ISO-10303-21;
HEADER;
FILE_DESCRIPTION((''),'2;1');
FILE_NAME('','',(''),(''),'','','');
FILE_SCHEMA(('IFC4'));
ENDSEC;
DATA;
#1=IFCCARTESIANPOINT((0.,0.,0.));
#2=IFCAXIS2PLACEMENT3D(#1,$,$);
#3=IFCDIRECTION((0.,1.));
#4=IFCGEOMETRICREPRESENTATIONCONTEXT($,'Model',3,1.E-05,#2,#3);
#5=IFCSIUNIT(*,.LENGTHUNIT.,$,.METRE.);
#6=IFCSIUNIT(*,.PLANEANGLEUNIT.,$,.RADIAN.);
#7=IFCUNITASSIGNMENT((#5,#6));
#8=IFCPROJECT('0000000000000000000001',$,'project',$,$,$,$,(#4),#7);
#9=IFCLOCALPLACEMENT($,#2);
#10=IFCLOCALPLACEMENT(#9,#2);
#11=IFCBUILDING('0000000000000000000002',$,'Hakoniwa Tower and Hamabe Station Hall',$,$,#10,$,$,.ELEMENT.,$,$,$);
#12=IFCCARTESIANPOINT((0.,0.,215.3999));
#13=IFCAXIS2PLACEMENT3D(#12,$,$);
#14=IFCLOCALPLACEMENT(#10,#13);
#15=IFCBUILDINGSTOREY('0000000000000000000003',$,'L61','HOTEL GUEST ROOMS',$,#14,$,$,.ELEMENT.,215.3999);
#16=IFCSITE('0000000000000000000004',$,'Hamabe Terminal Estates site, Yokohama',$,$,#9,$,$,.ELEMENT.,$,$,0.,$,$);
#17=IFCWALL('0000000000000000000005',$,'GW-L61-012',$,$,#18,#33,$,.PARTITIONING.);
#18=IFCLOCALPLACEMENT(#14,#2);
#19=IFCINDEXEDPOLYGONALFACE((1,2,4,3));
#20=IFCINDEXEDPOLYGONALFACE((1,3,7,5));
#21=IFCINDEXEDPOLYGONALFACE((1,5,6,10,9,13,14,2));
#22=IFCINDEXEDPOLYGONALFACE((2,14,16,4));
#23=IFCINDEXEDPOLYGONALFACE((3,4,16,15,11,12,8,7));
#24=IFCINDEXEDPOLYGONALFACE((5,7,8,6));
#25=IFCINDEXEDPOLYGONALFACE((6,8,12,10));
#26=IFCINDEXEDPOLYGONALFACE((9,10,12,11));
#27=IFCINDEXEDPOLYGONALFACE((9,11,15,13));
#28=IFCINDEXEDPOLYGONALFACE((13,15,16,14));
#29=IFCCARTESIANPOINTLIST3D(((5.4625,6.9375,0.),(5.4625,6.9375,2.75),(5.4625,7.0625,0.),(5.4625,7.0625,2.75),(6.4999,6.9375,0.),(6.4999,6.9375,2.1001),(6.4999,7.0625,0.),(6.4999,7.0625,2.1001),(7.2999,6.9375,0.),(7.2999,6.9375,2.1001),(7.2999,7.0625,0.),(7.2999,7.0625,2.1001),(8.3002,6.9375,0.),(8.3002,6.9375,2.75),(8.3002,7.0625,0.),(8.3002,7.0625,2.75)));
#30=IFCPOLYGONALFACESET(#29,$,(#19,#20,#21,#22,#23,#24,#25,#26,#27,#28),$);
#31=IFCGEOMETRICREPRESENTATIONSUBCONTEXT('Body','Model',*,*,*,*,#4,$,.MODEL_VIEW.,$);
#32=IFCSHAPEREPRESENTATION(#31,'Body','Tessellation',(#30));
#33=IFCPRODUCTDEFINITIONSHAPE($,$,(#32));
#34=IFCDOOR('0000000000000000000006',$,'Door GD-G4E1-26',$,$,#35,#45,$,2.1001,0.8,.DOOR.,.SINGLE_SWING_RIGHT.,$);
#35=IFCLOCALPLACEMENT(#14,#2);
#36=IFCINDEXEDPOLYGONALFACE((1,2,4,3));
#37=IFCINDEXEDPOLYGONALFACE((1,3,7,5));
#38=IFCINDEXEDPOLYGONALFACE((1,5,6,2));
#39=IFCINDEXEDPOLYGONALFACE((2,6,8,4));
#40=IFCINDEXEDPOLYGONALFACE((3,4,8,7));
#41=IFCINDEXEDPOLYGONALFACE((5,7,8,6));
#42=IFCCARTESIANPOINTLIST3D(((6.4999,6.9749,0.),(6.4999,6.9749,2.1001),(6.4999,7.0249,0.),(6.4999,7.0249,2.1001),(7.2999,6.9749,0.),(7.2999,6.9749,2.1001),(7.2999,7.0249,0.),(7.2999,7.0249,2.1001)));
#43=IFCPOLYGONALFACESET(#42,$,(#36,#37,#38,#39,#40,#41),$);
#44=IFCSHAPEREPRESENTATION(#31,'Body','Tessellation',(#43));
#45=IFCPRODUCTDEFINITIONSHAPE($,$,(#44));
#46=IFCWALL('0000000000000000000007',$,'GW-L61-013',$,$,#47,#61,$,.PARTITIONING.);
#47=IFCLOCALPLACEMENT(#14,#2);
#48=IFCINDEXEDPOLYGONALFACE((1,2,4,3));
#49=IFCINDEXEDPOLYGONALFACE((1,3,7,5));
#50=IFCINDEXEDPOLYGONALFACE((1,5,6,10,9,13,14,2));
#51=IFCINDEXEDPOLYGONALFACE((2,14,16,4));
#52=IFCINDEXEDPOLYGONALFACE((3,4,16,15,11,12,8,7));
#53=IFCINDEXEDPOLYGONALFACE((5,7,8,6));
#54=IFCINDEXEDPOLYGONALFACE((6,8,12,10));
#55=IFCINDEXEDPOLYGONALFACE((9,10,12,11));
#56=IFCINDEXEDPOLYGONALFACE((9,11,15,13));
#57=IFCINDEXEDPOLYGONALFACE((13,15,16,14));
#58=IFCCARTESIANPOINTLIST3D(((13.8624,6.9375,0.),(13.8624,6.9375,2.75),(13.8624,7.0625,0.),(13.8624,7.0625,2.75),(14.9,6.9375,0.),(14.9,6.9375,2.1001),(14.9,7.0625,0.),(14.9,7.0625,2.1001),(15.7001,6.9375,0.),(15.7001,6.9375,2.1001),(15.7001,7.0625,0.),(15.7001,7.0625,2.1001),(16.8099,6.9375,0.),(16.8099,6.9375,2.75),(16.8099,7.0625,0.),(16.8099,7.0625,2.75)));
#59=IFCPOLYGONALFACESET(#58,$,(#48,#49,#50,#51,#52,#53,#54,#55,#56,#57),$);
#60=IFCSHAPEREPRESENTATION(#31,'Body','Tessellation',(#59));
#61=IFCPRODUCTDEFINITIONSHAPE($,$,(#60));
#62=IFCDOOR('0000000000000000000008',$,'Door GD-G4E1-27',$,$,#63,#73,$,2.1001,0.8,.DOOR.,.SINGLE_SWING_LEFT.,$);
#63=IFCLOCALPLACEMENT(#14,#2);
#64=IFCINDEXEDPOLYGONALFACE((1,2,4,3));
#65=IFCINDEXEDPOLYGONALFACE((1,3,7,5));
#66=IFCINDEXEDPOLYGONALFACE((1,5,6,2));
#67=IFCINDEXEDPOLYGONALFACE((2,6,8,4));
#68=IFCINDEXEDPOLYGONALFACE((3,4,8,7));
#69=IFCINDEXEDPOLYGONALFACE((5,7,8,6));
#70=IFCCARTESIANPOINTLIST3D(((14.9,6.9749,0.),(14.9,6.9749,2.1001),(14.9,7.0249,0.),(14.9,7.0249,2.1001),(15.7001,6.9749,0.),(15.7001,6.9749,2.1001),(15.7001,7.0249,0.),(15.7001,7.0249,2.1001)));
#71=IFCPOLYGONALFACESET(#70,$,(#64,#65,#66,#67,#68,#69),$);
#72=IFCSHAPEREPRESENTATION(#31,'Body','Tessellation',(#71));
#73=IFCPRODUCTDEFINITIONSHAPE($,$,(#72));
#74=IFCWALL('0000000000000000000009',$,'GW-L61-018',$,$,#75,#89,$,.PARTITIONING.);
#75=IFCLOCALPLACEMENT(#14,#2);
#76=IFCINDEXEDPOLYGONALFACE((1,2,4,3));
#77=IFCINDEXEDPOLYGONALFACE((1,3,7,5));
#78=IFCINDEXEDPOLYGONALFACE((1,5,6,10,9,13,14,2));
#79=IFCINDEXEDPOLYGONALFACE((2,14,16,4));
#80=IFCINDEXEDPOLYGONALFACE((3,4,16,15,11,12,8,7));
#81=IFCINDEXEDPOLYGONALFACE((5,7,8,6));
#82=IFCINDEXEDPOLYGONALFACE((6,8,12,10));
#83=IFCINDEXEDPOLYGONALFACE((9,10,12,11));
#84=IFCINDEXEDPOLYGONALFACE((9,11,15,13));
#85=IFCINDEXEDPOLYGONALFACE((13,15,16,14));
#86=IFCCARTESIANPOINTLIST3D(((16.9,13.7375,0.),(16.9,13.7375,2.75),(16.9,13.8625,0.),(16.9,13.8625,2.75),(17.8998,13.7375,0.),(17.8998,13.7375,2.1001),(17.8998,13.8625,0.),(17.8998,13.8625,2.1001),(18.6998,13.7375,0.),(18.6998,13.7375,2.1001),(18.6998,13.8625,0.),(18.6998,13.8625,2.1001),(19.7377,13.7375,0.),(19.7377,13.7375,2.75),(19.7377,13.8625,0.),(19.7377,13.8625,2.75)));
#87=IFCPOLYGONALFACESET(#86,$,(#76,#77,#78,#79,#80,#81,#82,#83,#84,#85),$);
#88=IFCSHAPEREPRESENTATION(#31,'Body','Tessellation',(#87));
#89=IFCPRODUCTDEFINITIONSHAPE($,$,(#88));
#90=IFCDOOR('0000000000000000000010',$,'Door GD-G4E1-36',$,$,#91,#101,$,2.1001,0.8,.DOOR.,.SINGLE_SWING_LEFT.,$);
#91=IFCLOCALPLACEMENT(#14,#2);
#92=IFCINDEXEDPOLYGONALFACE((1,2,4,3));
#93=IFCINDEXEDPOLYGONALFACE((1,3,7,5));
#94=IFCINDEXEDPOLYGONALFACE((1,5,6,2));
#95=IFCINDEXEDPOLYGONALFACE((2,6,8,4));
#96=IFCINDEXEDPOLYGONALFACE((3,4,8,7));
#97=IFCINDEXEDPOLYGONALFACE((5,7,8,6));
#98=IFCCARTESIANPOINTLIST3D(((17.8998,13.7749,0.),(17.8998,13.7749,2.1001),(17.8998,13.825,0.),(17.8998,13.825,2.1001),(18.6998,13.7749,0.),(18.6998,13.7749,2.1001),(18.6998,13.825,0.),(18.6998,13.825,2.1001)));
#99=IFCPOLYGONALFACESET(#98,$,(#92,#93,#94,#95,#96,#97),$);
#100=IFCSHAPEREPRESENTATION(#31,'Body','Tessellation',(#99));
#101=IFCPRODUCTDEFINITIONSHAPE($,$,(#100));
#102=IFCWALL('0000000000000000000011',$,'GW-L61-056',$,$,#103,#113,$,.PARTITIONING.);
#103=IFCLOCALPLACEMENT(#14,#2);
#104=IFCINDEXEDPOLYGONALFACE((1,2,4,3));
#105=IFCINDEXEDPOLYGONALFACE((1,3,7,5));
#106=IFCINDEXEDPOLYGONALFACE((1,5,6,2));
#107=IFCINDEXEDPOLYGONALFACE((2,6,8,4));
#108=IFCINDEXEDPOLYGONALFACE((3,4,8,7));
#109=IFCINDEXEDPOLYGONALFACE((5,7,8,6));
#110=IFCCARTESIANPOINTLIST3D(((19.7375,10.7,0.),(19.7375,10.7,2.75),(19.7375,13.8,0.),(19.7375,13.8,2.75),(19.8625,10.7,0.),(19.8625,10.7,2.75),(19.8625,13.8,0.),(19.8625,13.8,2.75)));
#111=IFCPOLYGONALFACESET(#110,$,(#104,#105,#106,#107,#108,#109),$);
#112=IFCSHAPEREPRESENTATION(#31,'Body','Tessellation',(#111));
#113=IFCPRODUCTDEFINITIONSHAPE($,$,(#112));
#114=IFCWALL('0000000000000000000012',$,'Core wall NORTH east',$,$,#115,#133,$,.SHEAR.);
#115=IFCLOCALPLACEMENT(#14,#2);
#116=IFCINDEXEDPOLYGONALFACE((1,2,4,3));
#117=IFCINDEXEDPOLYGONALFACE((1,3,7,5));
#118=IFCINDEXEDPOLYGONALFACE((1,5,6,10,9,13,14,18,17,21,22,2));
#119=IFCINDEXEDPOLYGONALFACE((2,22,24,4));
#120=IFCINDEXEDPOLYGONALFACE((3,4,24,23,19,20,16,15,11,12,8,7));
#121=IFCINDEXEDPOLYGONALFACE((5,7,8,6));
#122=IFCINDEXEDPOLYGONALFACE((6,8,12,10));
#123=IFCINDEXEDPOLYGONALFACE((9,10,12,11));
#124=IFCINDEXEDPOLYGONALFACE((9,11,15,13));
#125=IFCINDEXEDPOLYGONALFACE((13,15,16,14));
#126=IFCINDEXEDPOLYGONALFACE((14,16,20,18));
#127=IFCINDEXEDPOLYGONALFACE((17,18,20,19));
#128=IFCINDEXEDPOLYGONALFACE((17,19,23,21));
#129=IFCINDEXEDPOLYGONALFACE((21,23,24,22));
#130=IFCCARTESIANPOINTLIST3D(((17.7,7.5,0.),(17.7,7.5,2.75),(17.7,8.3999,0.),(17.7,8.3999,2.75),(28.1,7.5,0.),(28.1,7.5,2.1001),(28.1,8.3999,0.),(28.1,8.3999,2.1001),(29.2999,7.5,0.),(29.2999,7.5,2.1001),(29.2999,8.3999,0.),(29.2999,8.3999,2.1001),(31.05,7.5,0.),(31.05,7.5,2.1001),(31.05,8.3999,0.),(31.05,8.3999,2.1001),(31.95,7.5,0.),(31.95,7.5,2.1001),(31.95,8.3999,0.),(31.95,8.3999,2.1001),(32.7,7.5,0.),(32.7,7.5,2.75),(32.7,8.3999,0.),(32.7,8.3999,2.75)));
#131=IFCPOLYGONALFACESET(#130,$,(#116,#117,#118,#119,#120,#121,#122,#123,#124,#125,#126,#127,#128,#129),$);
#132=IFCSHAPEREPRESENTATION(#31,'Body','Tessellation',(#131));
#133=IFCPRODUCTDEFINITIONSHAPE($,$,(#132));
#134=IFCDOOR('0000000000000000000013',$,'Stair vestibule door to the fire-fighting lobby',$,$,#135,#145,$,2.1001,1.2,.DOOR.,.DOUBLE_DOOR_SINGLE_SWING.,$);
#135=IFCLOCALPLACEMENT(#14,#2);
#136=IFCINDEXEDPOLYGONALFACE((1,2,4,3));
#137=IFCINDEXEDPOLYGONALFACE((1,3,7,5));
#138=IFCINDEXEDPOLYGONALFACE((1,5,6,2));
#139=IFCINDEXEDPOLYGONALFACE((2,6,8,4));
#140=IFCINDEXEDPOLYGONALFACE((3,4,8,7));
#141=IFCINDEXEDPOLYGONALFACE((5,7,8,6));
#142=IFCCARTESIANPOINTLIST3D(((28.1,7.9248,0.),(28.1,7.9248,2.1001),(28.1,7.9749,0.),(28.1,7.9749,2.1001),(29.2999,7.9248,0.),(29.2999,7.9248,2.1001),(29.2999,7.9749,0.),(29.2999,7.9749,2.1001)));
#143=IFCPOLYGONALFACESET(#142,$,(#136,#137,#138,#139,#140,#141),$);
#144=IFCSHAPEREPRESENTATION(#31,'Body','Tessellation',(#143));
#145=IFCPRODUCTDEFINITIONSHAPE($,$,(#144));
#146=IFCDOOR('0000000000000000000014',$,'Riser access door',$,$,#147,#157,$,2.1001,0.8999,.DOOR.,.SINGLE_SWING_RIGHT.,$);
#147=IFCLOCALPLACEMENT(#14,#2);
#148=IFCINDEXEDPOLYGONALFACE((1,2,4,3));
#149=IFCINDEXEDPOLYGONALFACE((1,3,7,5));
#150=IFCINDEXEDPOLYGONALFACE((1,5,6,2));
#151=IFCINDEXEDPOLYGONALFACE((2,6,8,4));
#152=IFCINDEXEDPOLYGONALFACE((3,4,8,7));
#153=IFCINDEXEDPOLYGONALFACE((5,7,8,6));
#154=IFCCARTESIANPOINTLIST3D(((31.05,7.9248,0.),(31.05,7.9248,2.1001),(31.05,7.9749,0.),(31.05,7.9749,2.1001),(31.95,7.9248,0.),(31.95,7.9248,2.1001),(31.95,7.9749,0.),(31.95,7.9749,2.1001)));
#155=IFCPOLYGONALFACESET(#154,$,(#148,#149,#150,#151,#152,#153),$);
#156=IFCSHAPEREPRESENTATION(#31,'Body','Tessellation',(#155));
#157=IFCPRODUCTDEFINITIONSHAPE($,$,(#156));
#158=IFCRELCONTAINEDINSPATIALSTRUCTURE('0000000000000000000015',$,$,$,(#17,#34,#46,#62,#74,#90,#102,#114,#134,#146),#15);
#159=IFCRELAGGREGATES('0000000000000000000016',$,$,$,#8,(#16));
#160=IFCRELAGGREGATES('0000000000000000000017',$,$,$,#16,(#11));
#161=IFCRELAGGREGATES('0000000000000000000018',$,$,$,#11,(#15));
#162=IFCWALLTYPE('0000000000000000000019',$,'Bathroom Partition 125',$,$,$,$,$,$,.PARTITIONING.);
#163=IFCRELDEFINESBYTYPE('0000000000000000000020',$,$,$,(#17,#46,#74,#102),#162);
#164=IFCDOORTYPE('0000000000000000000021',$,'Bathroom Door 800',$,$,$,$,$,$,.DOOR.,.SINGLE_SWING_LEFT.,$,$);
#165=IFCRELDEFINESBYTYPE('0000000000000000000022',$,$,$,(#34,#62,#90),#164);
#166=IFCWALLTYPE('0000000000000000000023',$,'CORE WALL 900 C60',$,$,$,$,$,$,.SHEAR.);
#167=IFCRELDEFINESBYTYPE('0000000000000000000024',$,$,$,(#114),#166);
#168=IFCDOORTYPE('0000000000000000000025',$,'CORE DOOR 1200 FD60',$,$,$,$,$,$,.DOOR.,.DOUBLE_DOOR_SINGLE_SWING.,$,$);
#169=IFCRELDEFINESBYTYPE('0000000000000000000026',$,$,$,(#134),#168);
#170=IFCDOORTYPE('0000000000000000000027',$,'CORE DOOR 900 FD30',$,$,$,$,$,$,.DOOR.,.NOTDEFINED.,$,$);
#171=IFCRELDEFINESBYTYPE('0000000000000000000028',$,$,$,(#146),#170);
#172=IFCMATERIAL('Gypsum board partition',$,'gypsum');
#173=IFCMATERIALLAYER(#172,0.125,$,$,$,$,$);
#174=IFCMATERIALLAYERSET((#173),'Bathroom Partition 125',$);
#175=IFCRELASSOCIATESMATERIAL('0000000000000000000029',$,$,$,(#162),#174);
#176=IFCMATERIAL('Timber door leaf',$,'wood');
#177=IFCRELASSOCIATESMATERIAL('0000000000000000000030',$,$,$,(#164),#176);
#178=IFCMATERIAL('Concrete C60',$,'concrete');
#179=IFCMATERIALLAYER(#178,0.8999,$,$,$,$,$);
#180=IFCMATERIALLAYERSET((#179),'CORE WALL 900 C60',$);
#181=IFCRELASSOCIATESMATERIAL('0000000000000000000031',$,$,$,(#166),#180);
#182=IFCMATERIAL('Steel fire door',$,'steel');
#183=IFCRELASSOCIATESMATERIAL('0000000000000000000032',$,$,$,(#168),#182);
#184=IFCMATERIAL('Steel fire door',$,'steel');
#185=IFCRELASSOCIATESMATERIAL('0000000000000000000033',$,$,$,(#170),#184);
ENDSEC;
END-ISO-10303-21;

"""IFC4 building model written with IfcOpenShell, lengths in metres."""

from ifc_helpers import new_model, si_unit, direction, frame, frame_2d, origin, place, context, subcontext, project, spatial, rectangle, extrude, material, layer, layer_set, type_object, element, fill, save


model = new_model("IFC4")

# Units and contexts
model_context = context("Model", 3, precision=1e-05, world=origin(), true_north=direction((0.0, 1.0)))
body_context = subcontext(model_context, "Body", "Model", "MODEL_VIEW")
ifc_project = project(units=[si_unit("LENGTHUNIT", "METRE"), si_unit("PLANEANGLEUNIT", "RADIAN")], contexts=[model_context])

# Site, building, storey
site_placement = place(None, origin())
site = spatial("IfcSite", under=ifc_project, at=site_placement, Name="Hamabe Terminal Estates site, Yokohama", CompositionType="ELEMENT", RefElevation=0.0)
building_placement = place(site_placement, origin())
building = spatial("IfcBuilding", under=site, at=building_placement, Name="Hakoniwa Tower and Hamabe Station Hall", CompositionType="ELEMENT")
storey_placement = place(building_placement, frame((0.0, 0.0, 215.3999)))
storey = spatial("IfcBuildingStorey", under=building, at=storey_placement, Name="L61", Description="HOTEL GUEST ROOMS", CompositionType="ELEMENT", Elevation=215.3999)

# Walls, openings, doors
ifc_material_1 = material(Name="Gypsum board partition", Category="gypsum")
ifc_layer_1 = layer(ifc_material_1, 0.125)
ifc_layer_set_1 = layer_set([ifc_layer_1], Name="Bathroom Partition 125")
wall_type_1 = type_object("IfcWallType", Name="Bathroom Partition 125", PredefinedType="PARTITIONING", material=ifc_layer_set_1)
wall_1_placement = place(storey_placement, frame((5.4624, 7.0, 0.0), z_axis=(0.0, 0.0, 1.0), x_axis=(1.0, 0.0, 0.0)))
wall_1 = element("IfcWall", 1, at=wall_1_placement, inside=storey, type_object=wall_type_1, Name="GW-L61-012", PredefinedType="PARTITIONING", context=body_context, shape_type="SweptSolid", body=[
    extrude(rectangle(XDim=2.8376, YDim=0.125, at=frame_2d((1.4189, 0.0))), origin(), (0.0, 0.0, 1.0), 2.75),
])
opening_1_placement = place(wall_1_placement, frame((1.0376, 0.0, 0.0)))
opening_1 = element("IfcOpeningElement", 2, at=opening_1_placement, cuts=wall_1, PredefinedType="OPENING", context=body_context, shape_type="SweptSolid", body=[
    extrude(rectangle(XDim=0.8, YDim=2.1001, at=frame_2d((0.3999, 1.05))), frame((0.0, 0.0725, 0.0), z_axis=(0.0, -1.0, 0.0), x_axis=(1.0, 0.0, 0.0)), (0.0, 0.0, 1.0), 0.145),
])
ifc_material_2 = material(Name="Timber door leaf", Category="wood")
door_type_1 = type_object("IfcDoorType", Name="Bathroom Door 800", OperationType="SINGLE_SWING_LEFT", PredefinedType="DOOR", material=ifc_material_2)
door_1_placement = place(opening_1_placement, origin())
door_1 = element("IfcDoor", 3, at=door_1_placement, inside=storey, type_object=door_type_1, Name="Door GD-G4E1-26", OperationType="SINGLE_SWING_RIGHT", OverallHeight=2.1001, OverallWidth=0.8, PredefinedType="DOOR", context=body_context, shape_type="SweptSolid", body=[
    extrude(rectangle(XDim=0.8, YDim=2.1001, at=frame_2d((0.3999, 1.05))), frame((0.0, 0.0249, 0.0), z_axis=(0.0, -1.0, 0.0), x_axis=(1.0, 0.0, 0.0)), (0.0, 0.0, 1.0), 0.05),
])
fill(opening_1, door_1)
wall_2_placement = place(storey_placement, frame((13.8625, 7.0, 0.0), z_axis=(0.0, 0.0, 1.0), x_axis=(1.0, 0.0, 0.0)))
wall_2 = element("IfcWall", 4, at=wall_2_placement, inside=storey, type_object=wall_type_1, Name="GW-L61-013", PredefinedType="PARTITIONING", context=body_context, shape_type="SweptSolid", body=[
    extrude(rectangle(XDim=2.9475, YDim=0.125, at=frame_2d((1.4736, 0.0))), origin(), (0.0, 0.0, 1.0), 2.75),
])
opening_2_placement = place(wall_2_placement, frame((1.0376, 0.0, 0.0)))
opening_2 = element("IfcOpeningElement", 5, at=opening_2_placement, cuts=wall_2, PredefinedType="OPENING", context=body_context, shape_type="SweptSolid", body=[
    extrude(rectangle(XDim=0.8, YDim=2.1001, at=frame_2d((0.3999, 1.05))), frame((0.0, 0.0725, 0.0), z_axis=(0.0, -1.0, 0.0), x_axis=(1.0, 0.0, 0.0)), (0.0, 0.0, 1.0), 0.145),
])
door_2_placement = place(opening_2_placement, origin())
door_2 = element("IfcDoor", 6, at=door_2_placement, inside=storey, type_object=door_type_1, Name="Door GD-G4E1-27", OperationType="SINGLE_SWING_LEFT", OverallHeight=2.1001, OverallWidth=0.8, PredefinedType="DOOR", context=body_context, shape_type="SweptSolid", body=[
    extrude(rectangle(XDim=0.8, YDim=2.1001, at=frame_2d((0.3999, 1.05))), frame((0.0, 0.0249, 0.0), z_axis=(0.0, -1.0, 0.0), x_axis=(1.0, 0.0, 0.0)), (0.0, 0.0, 1.0), 0.05),
])
fill(opening_2, door_2)
wall_3_placement = place(storey_placement, frame((16.8999, 13.8, 0.0), z_axis=(0.0, 0.0, 1.0), x_axis=(1.0, 0.0, 0.0)))
wall_3 = element("IfcWall", 7, at=wall_3_placement, inside=storey, type_object=wall_type_1, Name="GW-L61-018", PredefinedType="PARTITIONING", context=body_context, shape_type="SweptSolid", body=[
    extrude(rectangle(XDim=2.8376, YDim=0.125, at=frame_2d((1.4189, 0.0))), origin(), (0.0, 0.0, 1.0), 2.75),
])
opening_3_placement = place(wall_3_placement, frame((1.0, 0.0, 0.0)))
opening_3 = element("IfcOpeningElement", 8, at=opening_3_placement, cuts=wall_3, PredefinedType="OPENING", context=body_context, shape_type="SweptSolid", body=[
    extrude(rectangle(XDim=0.8, YDim=2.1001, at=frame_2d((0.3999, 1.05))), frame((0.0, 0.0725, 0.0), z_axis=(0.0, -1.0, 0.0), x_axis=(1.0, 0.0, 0.0)), (0.0, 0.0, 1.0), 0.145),
])
door_3_placement = place(opening_3_placement, origin())
door_3 = element("IfcDoor", 9, at=door_3_placement, inside=storey, type_object=door_type_1, Name="Door GD-G4E1-36", OperationType="SINGLE_SWING_LEFT", OverallHeight=2.1001, OverallWidth=0.8, PredefinedType="DOOR", context=body_context, shape_type="SweptSolid", body=[
    extrude(rectangle(XDim=0.8, YDim=2.1001, at=frame_2d((0.3999, 1.05))), frame((0.0, 0.0249, 0.0), z_axis=(0.0, -1.0, 0.0), x_axis=(1.0, 0.0, 0.0)), (0.0, 0.0, 1.0), 0.05),
])
fill(opening_3, door_3)

# Wall
wall_4_placement = place(storey_placement, frame((19.8, 10.7, 0.0), z_axis=(0.0, 0.0, 1.0), x_axis=(0.0, 1.0, 0.0)))
element("IfcWall", 10, at=wall_4_placement, inside=storey, type_object=wall_type_1, Name="GW-L61-056", PredefinedType="PARTITIONING", context=body_context, shape_type="SweptSolid", body=[
    extrude(rectangle(XDim=3.1001, YDim=0.125, at=frame_2d((1.55, 0.0))), origin(), (0.0, 0.0, 1.0), 2.75),
])

# Wall, openings, doors
ifc_material_3 = material(Name="Concrete C60", Category="concrete")
ifc_layer_2 = layer(ifc_material_3, 0.8999)
ifc_layer_set_2 = layer_set([ifc_layer_2], Name="CORE WALL 900 C60")
wall_type_2 = type_object("IfcWallType", Name="CORE WALL 900 C60", PredefinedType="SHEAR", material=ifc_layer_set_2)
wall_5_placement = place(storey_placement, frame((17.7, 7.95, 0.0), z_axis=(0.0, 0.0, 1.0), x_axis=(1.0, 0.0, 0.0)))
wall_5 = element("IfcWall", 11, at=wall_5_placement, inside=storey, type_object=wall_type_2, Name="Core wall NORTH east", PredefinedType="SHEAR", context=body_context, shape_type="SweptSolid", body=[
    extrude(rectangle(XDim=15.0, YDim=0.8999, at=frame_2d((7.5, 0.0))), origin(), (0.0, 0.0, 1.0), 2.75),
])
opening_4_placement = place(wall_5_placement, frame((10.3999, 0.0, 0.0)))
opening_4 = element("IfcOpeningElement", 12, at=opening_4_placement, cuts=wall_5, PredefinedType="OPENING", context=body_context, shape_type="SweptSolid", body=[
    extrude(rectangle(XDim=1.2, YDim=2.1001, at=frame_2d((0.6001, 1.05))), frame((0.0, 0.46, 0.0), z_axis=(0.0, -1.0, 0.0), x_axis=(1.0, 0.0, 0.0)), (0.0, 0.0, 1.0), 0.9199),
])
opening_5_placement = place(wall_5_placement, frame((13.3501, 0.0, 0.0)))
opening_5 = element("IfcOpeningElement", 13, at=opening_5_placement, cuts=wall_5, PredefinedType="OPENING", context=body_context, shape_type="SweptSolid", body=[
    extrude(rectangle(XDim=0.8999, YDim=2.1001, at=frame_2d((0.45, 1.05))), frame((0.0, 0.46, 0.0), z_axis=(0.0, -1.0, 0.0), x_axis=(1.0, 0.0, 0.0)), (0.0, 0.0, 1.0), 0.9199),
])
ifc_material_4 = material(Name="Steel fire door", Category="steel")
door_type_2 = type_object("IfcDoorType", Name="CORE DOOR 1200 FD60", OperationType="DOUBLE_DOOR_SINGLE_SWING", PredefinedType="DOOR", material=ifc_material_4)
door_4_placement = place(opening_4_placement, origin())
door_4 = element("IfcDoor", 14, at=door_4_placement, inside=storey, type_object=door_type_2, Name="Stair vestibule door to the fire-fighting lobby", OperationType="DOUBLE_DOOR_SINGLE_SWING", OverallHeight=2.1001, OverallWidth=1.2, PredefinedType="DOOR", context=body_context, shape_type="SweptSolid", body=[
    extrude(rectangle(XDim=1.2, YDim=2.1001, at=frame_2d((0.6001, 1.05))), frame((0.0, 0.0249, 0.0), z_axis=(0.0, -1.0, 0.0), x_axis=(1.0, 0.0, 0.0)), (0.0, 0.0, 1.0), 0.05),
])
fill(opening_4, door_4)
ifc_material_5 = material(Name="Steel fire door", Category="steel")
door_type_3 = type_object("IfcDoorType", Name="CORE DOOR 900 FD30", OperationType="NOTDEFINED", PredefinedType="DOOR", material=ifc_material_5)
door_5_placement = place(opening_5_placement, origin())
door_5 = element("IfcDoor", 15, at=door_5_placement, inside=storey, type_object=door_type_3, Name="Riser access door", OperationType="SINGLE_SWING_RIGHT", OverallHeight=2.1001, OverallWidth=0.8999, PredefinedType="DOOR", context=body_context, shape_type="SweptSolid", body=[
    extrude(rectangle(XDim=0.8999, YDim=2.1001, at=frame_2d((0.45, 1.05))), frame((0.0, 0.0249, 0.0), z_axis=(0.0, -1.0, 0.0), x_axis=(1.0, 0.0, 0.0)), (0.0, 0.0, 1.0), 0.05),
])
fill(opening_5, door_5)

save(model, "model.ifc")
